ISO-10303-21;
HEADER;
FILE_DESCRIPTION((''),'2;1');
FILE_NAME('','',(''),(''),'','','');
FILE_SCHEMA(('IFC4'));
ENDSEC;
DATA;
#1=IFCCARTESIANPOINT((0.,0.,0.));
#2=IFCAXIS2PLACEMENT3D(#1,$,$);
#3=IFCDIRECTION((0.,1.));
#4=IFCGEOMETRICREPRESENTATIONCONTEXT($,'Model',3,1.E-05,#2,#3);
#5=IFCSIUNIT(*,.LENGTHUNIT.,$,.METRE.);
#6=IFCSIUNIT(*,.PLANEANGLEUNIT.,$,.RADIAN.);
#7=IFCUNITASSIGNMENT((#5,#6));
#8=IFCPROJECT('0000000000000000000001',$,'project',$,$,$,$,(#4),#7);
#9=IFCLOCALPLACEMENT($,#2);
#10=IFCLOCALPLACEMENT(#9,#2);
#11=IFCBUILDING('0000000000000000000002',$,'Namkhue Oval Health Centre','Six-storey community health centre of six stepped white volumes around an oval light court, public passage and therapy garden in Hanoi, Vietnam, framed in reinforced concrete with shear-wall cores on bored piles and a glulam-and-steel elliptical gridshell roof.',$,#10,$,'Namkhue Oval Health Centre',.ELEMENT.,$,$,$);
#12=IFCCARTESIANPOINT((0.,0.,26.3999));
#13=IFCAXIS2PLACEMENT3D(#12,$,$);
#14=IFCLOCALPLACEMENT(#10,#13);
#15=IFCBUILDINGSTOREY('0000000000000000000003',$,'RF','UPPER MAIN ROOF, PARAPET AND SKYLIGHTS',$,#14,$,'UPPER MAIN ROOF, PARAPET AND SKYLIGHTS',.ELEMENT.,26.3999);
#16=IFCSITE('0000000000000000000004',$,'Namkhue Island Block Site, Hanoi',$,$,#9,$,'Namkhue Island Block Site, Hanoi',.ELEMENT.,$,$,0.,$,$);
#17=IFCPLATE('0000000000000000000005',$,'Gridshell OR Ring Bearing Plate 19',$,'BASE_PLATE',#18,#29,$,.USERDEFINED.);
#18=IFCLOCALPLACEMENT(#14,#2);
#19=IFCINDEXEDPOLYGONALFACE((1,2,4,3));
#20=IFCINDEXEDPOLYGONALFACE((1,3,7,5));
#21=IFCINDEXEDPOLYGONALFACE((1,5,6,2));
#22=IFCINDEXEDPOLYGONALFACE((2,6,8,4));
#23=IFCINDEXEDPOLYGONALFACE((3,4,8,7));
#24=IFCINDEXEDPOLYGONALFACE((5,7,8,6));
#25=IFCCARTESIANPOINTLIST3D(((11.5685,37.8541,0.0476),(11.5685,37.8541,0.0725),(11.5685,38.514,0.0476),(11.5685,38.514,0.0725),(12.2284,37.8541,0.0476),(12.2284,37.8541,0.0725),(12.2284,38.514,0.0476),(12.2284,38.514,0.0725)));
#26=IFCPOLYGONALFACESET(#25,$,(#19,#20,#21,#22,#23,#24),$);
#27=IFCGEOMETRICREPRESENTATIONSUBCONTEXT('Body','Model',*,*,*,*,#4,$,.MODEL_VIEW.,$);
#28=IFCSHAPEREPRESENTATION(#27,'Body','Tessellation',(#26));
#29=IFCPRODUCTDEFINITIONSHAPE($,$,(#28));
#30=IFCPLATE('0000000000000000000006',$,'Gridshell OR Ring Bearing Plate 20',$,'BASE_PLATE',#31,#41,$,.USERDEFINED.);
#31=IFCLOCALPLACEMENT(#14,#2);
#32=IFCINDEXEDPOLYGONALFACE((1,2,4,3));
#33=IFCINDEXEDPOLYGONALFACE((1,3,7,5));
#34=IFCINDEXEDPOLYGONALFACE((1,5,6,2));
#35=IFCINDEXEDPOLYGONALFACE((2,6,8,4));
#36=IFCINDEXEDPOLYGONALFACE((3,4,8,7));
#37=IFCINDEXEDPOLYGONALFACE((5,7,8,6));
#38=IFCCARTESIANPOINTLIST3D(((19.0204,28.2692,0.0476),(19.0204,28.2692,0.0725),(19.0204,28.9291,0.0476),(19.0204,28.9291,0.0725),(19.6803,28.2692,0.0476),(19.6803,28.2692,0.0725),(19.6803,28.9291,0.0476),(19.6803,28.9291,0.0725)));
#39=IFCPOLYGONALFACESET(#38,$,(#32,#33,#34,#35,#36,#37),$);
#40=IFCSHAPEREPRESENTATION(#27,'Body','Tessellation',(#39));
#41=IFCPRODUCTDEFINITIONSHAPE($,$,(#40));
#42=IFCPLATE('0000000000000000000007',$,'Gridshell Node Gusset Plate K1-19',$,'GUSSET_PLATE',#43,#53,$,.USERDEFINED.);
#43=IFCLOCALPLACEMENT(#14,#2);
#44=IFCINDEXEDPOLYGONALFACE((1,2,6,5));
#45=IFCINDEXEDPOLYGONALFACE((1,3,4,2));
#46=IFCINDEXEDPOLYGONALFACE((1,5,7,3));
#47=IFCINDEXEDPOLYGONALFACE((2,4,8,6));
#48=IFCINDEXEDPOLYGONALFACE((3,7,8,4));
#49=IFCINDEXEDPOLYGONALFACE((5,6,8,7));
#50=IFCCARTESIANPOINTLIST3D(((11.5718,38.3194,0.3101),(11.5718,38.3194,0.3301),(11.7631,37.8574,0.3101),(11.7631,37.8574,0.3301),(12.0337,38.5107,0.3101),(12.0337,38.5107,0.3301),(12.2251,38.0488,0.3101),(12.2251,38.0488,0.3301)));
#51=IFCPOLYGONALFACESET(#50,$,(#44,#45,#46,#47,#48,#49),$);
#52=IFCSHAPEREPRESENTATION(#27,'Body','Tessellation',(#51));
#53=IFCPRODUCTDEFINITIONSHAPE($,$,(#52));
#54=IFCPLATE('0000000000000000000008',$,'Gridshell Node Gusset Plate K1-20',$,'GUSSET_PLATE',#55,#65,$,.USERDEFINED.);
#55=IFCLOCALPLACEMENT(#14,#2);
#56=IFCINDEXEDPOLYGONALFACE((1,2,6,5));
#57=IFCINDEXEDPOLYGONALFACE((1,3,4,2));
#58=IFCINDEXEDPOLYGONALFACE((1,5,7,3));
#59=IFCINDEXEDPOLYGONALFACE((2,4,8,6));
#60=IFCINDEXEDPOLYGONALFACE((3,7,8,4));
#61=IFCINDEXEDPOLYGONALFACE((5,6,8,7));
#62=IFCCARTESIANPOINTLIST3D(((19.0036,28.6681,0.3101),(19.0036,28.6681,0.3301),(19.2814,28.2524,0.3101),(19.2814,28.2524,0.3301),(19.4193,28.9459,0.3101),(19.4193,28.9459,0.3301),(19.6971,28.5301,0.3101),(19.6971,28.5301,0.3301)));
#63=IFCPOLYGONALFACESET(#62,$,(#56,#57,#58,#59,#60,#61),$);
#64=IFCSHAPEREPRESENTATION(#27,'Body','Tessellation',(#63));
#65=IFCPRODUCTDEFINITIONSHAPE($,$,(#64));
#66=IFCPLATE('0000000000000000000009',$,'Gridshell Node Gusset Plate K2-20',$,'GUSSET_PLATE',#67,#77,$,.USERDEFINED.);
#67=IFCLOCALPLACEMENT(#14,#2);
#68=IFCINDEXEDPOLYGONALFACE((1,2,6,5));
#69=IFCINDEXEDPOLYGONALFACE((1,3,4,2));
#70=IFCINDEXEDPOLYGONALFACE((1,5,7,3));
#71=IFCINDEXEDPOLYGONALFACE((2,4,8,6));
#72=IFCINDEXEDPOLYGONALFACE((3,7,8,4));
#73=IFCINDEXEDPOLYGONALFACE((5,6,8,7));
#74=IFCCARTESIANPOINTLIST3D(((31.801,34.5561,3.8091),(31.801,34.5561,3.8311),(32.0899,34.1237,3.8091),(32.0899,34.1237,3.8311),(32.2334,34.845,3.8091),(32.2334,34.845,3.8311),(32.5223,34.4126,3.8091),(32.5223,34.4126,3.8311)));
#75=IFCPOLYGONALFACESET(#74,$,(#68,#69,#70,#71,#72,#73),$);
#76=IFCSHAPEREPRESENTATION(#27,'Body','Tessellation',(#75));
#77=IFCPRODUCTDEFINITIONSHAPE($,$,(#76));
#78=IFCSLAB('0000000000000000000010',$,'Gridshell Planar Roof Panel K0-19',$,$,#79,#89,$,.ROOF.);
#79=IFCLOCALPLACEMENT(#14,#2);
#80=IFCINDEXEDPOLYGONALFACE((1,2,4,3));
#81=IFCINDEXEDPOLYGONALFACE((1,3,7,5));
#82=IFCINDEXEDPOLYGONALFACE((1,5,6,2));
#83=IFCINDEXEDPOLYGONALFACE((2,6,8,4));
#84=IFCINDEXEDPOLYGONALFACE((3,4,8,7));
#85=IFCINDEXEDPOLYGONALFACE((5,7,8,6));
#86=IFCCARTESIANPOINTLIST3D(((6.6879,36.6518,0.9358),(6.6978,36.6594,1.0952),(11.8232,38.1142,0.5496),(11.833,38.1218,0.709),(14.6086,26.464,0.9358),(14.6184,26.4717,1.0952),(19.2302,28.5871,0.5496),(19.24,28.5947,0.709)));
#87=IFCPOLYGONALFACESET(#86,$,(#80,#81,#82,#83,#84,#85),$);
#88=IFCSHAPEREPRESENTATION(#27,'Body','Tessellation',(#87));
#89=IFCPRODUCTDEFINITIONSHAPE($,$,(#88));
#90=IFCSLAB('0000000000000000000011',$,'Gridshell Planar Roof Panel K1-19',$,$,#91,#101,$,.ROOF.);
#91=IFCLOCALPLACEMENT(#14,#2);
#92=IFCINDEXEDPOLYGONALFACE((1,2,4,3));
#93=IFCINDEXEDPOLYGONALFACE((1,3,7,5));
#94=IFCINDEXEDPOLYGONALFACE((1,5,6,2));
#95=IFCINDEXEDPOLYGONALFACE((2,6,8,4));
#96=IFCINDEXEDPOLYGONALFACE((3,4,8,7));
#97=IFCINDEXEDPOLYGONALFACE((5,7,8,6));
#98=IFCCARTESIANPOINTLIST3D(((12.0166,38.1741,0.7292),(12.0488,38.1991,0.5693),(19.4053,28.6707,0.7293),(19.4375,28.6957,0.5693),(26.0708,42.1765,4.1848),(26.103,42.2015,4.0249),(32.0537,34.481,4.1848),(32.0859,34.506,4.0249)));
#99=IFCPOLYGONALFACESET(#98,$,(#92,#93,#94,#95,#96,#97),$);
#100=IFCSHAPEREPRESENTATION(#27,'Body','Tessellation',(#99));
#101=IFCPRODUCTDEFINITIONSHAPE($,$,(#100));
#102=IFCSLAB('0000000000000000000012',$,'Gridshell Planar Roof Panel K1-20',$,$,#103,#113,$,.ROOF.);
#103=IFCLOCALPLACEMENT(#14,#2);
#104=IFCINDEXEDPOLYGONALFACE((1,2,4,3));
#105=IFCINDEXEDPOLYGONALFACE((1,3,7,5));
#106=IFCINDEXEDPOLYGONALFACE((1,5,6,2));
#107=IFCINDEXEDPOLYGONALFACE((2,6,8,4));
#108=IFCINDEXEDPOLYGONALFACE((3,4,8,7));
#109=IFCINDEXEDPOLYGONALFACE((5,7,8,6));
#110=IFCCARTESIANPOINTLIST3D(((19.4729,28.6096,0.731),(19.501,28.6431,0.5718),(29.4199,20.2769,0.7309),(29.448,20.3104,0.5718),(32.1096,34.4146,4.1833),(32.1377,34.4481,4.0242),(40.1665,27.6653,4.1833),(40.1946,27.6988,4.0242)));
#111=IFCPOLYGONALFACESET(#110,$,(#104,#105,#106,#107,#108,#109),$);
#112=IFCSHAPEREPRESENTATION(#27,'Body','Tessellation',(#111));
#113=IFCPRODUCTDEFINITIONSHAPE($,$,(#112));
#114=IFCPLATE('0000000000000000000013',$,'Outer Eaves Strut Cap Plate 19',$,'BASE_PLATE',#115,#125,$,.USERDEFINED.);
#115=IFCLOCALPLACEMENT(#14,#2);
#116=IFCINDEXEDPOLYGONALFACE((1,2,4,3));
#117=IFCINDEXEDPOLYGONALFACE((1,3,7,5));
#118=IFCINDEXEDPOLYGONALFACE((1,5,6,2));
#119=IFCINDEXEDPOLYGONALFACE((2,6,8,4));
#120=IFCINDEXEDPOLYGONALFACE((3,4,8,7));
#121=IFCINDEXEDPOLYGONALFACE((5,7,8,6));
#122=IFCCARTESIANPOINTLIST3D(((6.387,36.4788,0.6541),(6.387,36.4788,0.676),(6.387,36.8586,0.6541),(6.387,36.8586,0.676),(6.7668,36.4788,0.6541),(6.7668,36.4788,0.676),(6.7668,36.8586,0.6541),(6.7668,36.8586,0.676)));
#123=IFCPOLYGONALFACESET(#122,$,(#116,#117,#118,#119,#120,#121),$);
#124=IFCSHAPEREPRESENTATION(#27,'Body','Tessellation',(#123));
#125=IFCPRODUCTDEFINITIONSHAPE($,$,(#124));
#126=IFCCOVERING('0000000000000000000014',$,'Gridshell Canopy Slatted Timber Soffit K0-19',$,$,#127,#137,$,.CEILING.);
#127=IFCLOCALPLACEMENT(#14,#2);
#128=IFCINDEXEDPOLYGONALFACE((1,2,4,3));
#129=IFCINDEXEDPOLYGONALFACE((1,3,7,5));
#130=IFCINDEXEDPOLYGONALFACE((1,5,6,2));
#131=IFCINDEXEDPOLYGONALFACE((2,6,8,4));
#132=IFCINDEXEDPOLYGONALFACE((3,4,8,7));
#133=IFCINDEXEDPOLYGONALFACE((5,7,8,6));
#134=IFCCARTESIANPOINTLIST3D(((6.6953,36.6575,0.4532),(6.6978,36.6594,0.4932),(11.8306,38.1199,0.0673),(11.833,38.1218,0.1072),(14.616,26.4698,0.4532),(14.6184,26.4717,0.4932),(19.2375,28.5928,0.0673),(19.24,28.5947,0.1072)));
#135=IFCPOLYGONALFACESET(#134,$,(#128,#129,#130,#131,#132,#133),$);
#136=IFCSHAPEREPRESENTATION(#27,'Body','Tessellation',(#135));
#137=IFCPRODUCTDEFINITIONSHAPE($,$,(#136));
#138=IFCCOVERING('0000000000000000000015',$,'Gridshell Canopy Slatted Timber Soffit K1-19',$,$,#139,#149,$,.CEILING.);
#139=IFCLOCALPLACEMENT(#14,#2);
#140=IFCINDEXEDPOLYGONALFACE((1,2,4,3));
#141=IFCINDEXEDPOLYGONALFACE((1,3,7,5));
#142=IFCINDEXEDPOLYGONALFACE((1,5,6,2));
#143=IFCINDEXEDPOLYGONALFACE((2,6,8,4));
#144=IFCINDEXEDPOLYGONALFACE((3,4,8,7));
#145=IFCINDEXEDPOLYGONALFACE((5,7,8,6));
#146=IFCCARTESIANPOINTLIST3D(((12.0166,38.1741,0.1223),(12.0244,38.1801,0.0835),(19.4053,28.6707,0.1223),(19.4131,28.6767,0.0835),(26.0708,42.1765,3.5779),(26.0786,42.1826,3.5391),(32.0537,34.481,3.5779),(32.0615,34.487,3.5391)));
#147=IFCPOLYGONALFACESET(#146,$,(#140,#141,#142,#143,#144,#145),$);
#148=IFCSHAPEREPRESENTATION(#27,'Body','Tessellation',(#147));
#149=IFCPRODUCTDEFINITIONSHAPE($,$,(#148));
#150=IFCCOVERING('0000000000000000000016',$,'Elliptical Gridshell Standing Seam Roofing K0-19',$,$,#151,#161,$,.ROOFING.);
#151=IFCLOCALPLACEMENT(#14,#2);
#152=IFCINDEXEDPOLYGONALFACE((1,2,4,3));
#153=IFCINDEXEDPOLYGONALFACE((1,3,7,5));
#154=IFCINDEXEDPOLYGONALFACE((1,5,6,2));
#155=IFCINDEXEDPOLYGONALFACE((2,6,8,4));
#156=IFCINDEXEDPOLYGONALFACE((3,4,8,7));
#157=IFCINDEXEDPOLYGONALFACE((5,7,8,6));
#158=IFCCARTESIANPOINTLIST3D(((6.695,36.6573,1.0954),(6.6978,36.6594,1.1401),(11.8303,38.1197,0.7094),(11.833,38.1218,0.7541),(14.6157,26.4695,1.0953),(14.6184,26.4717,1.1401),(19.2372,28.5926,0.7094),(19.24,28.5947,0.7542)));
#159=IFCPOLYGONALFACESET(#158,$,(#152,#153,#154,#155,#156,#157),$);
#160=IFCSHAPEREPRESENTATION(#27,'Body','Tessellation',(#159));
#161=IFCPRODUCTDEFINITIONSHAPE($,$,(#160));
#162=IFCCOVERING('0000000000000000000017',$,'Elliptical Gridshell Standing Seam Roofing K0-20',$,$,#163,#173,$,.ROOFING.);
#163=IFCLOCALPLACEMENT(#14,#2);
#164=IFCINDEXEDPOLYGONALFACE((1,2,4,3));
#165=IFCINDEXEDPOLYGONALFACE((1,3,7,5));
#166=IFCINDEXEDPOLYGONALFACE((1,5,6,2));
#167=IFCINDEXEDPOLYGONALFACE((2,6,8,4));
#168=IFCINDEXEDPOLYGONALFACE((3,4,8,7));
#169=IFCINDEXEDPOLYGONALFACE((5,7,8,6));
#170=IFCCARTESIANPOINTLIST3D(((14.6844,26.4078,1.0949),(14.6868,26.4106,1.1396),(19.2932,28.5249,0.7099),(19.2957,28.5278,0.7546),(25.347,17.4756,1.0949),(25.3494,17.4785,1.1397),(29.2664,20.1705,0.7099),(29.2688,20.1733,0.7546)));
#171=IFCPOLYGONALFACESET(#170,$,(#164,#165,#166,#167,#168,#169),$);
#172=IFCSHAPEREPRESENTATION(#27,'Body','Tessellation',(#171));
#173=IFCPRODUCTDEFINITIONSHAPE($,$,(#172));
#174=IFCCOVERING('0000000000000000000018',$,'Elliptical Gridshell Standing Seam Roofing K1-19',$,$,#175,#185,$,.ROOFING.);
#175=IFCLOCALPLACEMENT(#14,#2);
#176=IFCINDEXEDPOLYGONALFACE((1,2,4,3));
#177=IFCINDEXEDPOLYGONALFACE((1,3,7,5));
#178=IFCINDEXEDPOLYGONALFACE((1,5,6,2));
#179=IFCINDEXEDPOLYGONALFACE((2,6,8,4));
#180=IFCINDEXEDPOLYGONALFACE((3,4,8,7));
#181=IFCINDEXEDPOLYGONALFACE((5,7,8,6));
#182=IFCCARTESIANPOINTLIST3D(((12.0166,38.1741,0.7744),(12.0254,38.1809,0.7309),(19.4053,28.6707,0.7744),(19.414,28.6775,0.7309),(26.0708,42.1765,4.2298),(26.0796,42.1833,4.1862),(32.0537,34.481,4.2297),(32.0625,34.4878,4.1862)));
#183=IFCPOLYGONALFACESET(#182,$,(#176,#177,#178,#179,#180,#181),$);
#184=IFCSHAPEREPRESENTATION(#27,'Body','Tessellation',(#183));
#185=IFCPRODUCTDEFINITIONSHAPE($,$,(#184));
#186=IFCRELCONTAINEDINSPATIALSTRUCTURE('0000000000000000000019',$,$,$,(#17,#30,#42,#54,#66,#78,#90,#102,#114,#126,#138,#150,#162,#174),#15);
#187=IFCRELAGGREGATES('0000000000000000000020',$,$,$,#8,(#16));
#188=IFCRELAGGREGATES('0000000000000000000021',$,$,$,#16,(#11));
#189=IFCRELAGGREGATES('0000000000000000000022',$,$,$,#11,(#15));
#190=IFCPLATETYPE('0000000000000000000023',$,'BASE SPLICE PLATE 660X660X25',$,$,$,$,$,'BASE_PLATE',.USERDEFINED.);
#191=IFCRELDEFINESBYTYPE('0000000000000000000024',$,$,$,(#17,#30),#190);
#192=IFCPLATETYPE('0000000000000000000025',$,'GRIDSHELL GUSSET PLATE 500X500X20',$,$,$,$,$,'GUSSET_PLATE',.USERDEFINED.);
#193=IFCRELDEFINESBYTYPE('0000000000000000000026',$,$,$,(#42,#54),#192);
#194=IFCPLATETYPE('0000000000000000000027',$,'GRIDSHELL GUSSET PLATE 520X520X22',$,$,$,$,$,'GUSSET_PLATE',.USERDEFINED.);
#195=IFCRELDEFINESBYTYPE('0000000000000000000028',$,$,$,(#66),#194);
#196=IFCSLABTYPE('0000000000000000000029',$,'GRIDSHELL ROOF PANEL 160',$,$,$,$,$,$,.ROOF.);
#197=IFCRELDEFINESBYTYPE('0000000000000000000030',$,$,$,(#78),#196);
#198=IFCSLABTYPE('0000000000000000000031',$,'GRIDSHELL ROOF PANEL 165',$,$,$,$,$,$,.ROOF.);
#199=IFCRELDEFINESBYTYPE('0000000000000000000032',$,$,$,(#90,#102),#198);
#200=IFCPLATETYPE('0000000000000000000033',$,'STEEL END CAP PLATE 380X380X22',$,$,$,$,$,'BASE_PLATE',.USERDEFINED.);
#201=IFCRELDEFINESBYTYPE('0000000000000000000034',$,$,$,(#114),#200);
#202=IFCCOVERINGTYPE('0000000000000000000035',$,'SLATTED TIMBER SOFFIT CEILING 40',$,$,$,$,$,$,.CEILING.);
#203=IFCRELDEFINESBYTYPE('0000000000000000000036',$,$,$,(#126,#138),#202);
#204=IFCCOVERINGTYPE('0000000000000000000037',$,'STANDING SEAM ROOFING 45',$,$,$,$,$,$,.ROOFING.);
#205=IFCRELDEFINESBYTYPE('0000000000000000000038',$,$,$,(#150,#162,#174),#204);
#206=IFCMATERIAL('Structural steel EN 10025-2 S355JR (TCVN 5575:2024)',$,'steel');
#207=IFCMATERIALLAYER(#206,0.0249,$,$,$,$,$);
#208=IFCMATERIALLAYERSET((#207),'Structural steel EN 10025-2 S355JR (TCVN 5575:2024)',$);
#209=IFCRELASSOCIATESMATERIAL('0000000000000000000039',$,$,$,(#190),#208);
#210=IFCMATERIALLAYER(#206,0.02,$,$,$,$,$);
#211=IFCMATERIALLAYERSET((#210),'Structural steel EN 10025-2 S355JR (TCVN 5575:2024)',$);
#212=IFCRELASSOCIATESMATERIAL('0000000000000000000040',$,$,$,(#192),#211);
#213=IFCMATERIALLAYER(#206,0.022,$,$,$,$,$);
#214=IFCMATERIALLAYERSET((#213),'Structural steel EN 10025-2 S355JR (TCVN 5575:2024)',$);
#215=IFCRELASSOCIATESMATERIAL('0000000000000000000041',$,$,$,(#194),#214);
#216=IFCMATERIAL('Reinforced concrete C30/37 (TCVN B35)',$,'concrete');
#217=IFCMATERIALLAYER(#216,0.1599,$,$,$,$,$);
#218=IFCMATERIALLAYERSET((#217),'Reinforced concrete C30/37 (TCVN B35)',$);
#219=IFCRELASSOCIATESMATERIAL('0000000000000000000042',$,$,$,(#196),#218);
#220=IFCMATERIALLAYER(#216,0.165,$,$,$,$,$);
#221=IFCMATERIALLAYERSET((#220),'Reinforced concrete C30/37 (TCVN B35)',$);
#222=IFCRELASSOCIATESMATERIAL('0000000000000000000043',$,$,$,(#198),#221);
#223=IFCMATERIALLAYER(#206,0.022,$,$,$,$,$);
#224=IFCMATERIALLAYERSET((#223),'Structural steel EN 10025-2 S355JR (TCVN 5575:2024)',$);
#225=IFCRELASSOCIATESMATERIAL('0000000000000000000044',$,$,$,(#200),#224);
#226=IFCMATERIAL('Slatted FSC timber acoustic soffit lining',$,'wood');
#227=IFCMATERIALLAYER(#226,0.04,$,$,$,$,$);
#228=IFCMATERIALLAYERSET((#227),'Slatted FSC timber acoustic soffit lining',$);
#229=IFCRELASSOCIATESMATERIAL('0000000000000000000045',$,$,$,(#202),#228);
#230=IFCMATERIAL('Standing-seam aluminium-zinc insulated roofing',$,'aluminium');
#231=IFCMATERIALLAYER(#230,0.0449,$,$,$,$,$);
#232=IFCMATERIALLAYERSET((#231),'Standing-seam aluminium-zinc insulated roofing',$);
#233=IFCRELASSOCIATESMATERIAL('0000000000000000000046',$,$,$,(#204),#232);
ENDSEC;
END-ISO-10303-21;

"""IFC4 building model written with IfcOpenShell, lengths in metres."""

from ifc_helpers import new_model, si_unit, direction, frame, origin, origin_2d, place, context, subcontext, project, spatial, polyline, rectangle, outline, extrude, material, layer, layer_set, type_object, element, save


model = new_model("IFC4")

# Units and contexts
model_context = context("Model", 3, precision=1e-05, world=origin(), true_north=direction((0.0, 1.0)))
body_context = subcontext(model_context, "Body", "Model", "MODEL_VIEW")
ifc_project = project(units=[si_unit("LENGTHUNIT", "METRE"), si_unit("PLANEANGLEUNIT", "RADIAN")], contexts=[model_context])

# Site, building, storey
site_placement = place(None, origin())
site = spatial("IfcSite", under=ifc_project, at=site_placement, Name="Namkhue Island Block Site, Hanoi", LongName="Namkhue Island Block Site, Hanoi", CompositionType="ELEMENT", RefElevation=0.0)
building_placement = place(site_placement, origin())
building = spatial("IfcBuilding", under=site, at=building_placement, Name="Namkhue Oval Health Centre", Description="Six-storey community health centre of six stepped white volumes around an oval light court, public passage and therapy garden in Hanoi, Vietnam, framed in reinforced concrete with shear-wall cores on bored piles and a glulam-and-steel elliptical gridshell roof.", LongName="Namkhue Oval Health Centre", CompositionType="ELEMENT")
storey_placement = place(building_placement, frame((0.0, 0.0, 26.3999)))
storey = spatial("IfcBuildingStorey", under=building, at=storey_placement, Name="RF", Description="UPPER MAIN ROOF, PARAPET AND SKYLIGHTS", LongName="UPPER MAIN ROOF, PARAPET AND SKYLIGHTS", CompositionType="ELEMENT", Elevation=26.3999)

# Shared definitions
ifc_material_1 = material(Name="Structural steel EN 10025-2 S355JR (TCVN 5575:2024)", Category="steel")

# Plates
ifc_layer_1 = layer(ifc_material_1, 0.0249)
ifc_layer_set_1 = layer_set([ifc_layer_1], Name="Structural steel EN 10025-2 S355JR (TCVN 5575:2024)")
plate_type_1 = type_object("IfcPlateType", Name="BASE SPLICE PLATE 660X660X25", ElementType="BASE_PLATE", PredefinedType="USERDEFINED", material=ifc_layer_set_1)
for number, where, z_axis, x_axis, name in (
    (1, (11.8984, 38.1841, 0.0476), (0.0, 0.0, 1.0), (1.0, 0.0, 0.0), "Gridshell OR Ring Bearing Plate 19"),
    (2, (19.3503, 28.5991, 0.0476), (0.0, 0.0, 1.0), (1.0, 0.0, 0.0), "Gridshell OR Ring Bearing Plate 20"),
):
    element("IfcPlate", number, at=place(storey_placement, frame(where, z_axis=z_axis, x_axis=x_axis)), inside=storey, type_object=plate_type_1, Name=name, ObjectType="BASE_PLATE", PredefinedType="USERDEFINED", context=body_context, shape_type="SweptSolid", body=[
        extrude(rectangle(XDim=0.6599, YDim=0.6599, at=origin_2d()), origin(), (0.0, 0.0, 1.0), 0.0249),
    ])
ifc_layer_2 = layer(ifc_material_1, 0.02)
ifc_layer_set_2 = layer_set([ifc_layer_2], Name="Structural steel EN 10025-2 S355JR (TCVN 5575:2024)")
plate_type_2 = type_object("IfcPlateType", Name="GRIDSHELL GUSSET PLATE 500X500X20", ElementType="GUSSET_PLATE", PredefinedType="USERDEFINED", material=ifc_layer_set_2)
for number, where, z_axis, x_axis, name in (
    (3, (11.8984, 38.1841, 0.3101), (0.0, 0.0, 1.0), (-0.92388, -0.382683, 0.0), "Gridshell Node Gusset Plate K1-19"),
    (4, (19.3503, 28.5991, 0.3101), (0.0, 0.0, 1.0), (-0.83147, -0.55557, 0.0), "Gridshell Node Gusset Plate K1-20"),
):
    element("IfcPlate", number, at=place(storey_placement, frame(where, z_axis=z_axis, x_axis=x_axis)), inside=storey, type_object=plate_type_2, Name=name, ObjectType="GUSSET_PLATE", PredefinedType="USERDEFINED", context=body_context, shape_type="SweptSolid", body=[
        extrude(rectangle(XDim=0.5, YDim=0.5, at=origin_2d()), origin(), (0.0, 0.0, 1.0), 0.02),
    ])
ifc_layer_3 = layer(ifc_material_1, 0.022)
ifc_layer_set_3 = layer_set([ifc_layer_3], Name="Structural steel EN 10025-2 S355JR (TCVN 5575:2024)")
plate_type_3 = type_object("IfcPlateType", Name="GRIDSHELL GUSSET PLATE 520X520X22", ElementType="GUSSET_PLATE", PredefinedType="USERDEFINED", material=ifc_layer_set_3)
plate_1_placement = place(storey_placement, frame((32.1616, 34.4844, 3.8091), z_axis=(0.0, 0.0, 1.0), x_axis=(-0.83147, -0.55557, 0.0)))
element("IfcPlate", 5, at=plate_1_placement, inside=storey, type_object=plate_type_3, Name="Gridshell Node Gusset Plate K2-20", ObjectType="GUSSET_PLATE", PredefinedType="USERDEFINED", context=body_context, shape_type="SweptSolid", body=[
    extrude(rectangle(XDim=0.52, YDim=0.52, at=origin_2d()), origin(), (0.0, 0.0, 1.0), 0.022),
])

# Slabs
ifc_material_2 = material(Name="Reinforced concrete C30/37 (TCVN B35)", Category="concrete")
ifc_layer_4 = layer(ifc_material_2, 0.1599)
ifc_layer_set_4 = layer_set([ifc_layer_4], Name="Reinforced concrete C30/37 (TCVN B35)")
slab_type_1 = type_object("IfcSlabType", Name="GRIDSHELL ROOF PANEL 160", PredefinedType="ROOF", material=ifc_layer_set_4)
slab_1_placement = place(storey_placement, frame((6.6978, 36.6594, 1.0952), z_axis=(0.061392, 0.04773, 0.996972), x_axis=(0.613789, -0.78947, 0.0)))
element("IfcSlab", 6, at=slab_1_placement, inside=storey, type_object=slab_type_1, Name="Gridshell Planar Roof Panel K0-19", PredefinedType="ROOF", context=body_context, shape_type="SweptSolid", body=[
    extrude(outline(polyline([(0.0, 0.0), (12.9045, 0.0), (14.0651, 4.9667), (1.9974, 4.9668), (0.0, 0.0)])), origin(), (0.0, 0.0, -1.0), 0.1599),
])
ifc_layer_5 = layer(ifc_material_2, 0.165)
ifc_layer_set_5 = layer_set([ifc_layer_5], Name="Reinforced concrete C30/37 (TCVN B35)")
slab_type_2 = type_object("IfcSlabType", Name="GRIDSHELL ROOF PANEL 165", PredefinedType="ROOF", material=ifc_layer_set_5)
slab_2_placement = place(storey_placement, frame((12.0166, 38.1741, 0.7292), z_axis=(-0.195063, -0.151655, 0.968995), x_axis=(0.613791, -0.789468, 0.000002)))
element("IfcSlab", 7, at=slab_2_placement, inside=storey, type_object=slab_type_2, Name="Gridshell Planar Roof Panel K1-19", PredefinedType="ROOF", context=body_context, shape_type="SweptSolid", body=[
    extrude(outline(polyline([(0.0, 0.0), (12.0378, 0.0), (15.2142, 13.9855), (5.4666, 13.9856), (0.0, 0.0)])), origin(), (0.0, 0.0, -1.0), 0.165),
])
slab_3_placement = place(storey_placement, frame((19.4729, 28.6096, 0.731), z_axis=(-0.17014, -0.203102, 0.964262), x_axis=(0.766567, -0.642164, -0.000001)))
element("IfcSlab", 8, at=slab_3_placement, inside=storey, type_object=slab_type_2, Name="Gridshell Planar Roof Panel K1-20", PredefinedType="ROOF", context=body_context, shape_type="SweptSolid", body=[
    extrude(outline(polyline([(0.0, 0.0), (12.9761, 0.0), (16.4695, 13.0305), (5.9592, 13.0304), (0.0, 0.0)])), origin(), (0.0, 0.0, -1.0), 0.165),
])

# Plate
ifc_layer_6 = layer(ifc_material_1, 0.022)
ifc_layer_set_6 = layer_set([ifc_layer_6], Name="Structural steel EN 10025-2 S355JR (TCVN 5575:2024)")
plate_type_4 = type_object("IfcPlateType", Name="STEEL END CAP PLATE 380X380X22", ElementType="BASE_PLATE", PredefinedType="USERDEFINED", material=ifc_layer_set_6)
plate_2_placement = place(storey_placement, frame((6.5769, 36.6687, 0.6541), z_axis=(0.0, 0.0, 1.0), x_axis=(1.0, 0.0, 0.0)))
element("IfcPlate", 9, at=plate_2_placement, inside=storey, type_object=plate_type_4, Name="Outer Eaves Strut Cap Plate 19", ObjectType="BASE_PLATE", PredefinedType="USERDEFINED", context=body_context, shape_type="SweptSolid", body=[
    extrude(rectangle(XDim=0.3799, YDim=0.3799, at=origin_2d()), origin(), (0.0, 0.0, 1.0), 0.022),
])

# Coverings
ifc_material_3 = material(Name="Slatted FSC timber acoustic soffit lining", Category="wood")
ifc_layer_7 = layer(ifc_material_3, 0.04)
ifc_layer_set_7 = layer_set([ifc_layer_7], Name="Slatted FSC timber acoustic soffit lining")
covering_type_1 = type_object("IfcCoveringType", Name="SLATTED TIMBER SOFFIT CEILING 40", PredefinedType="CEILING", material=ifc_layer_set_7)
covering_1_placement = place(storey_placement, frame((6.6978, 36.6594, 0.4932), z_axis=(0.061353, 0.0477, 0.996976), x_axis=(0.613789, -0.78947, 0.0)))
element("IfcCovering", 10, at=covering_1_placement, inside=storey, type_object=covering_type_1, Name="Gridshell Canopy Slatted Timber Soffit K0-19", PredefinedType="CEILING", context=body_context, shape_type="SweptSolid", body=[
    extrude(outline(polyline([(0.0, 0.0), (12.9045, 0.0), (14.0651, 4.9667), (1.9974, 4.9668), (0.0, 0.0)])), origin(), (0.0, 0.0, -1.0), 0.04),
])
covering_2_placement = place(storey_placement, frame((12.0166, 38.1741, 0.1223), z_axis=(-0.195063, -0.151655, 0.968995), x_axis=(0.613791, -0.789468, 0.000002)))
element("IfcCovering", 11, at=covering_2_placement, inside=storey, type_object=covering_type_1, Name="Gridshell Canopy Slatted Timber Soffit K1-19", PredefinedType="CEILING", context=body_context, shape_type="SweptSolid", body=[
    extrude(outline(polyline([(0.0, 0.0), (12.0378, 0.0), (15.2142, 13.9855), (5.4666, 13.9856), (0.0, 0.0)])), origin(), (0.0, 0.0, -1.0), 0.04),
])
ifc_material_4 = material(Name="Standing-seam aluminium-zinc insulated roofing", Category="aluminium")
ifc_layer_8 = layer(ifc_material_4, 0.0449)
ifc_layer_set_8 = layer_set([ifc_layer_8], Name="Standing-seam aluminium-zinc insulated roofing")
covering_type_2 = type_object("IfcCoveringType", Name="STANDING SEAM ROOFING 45", PredefinedType="ROOFING", material=ifc_layer_set_8)
covering_3_placement = place(storey_placement, frame((6.6978, 36.6594, 1.1401), z_axis=(0.061353, 0.0477, 0.996976), x_axis=(0.613789, -0.78947, 0.0)))
element("IfcCovering", 12, at=covering_3_placement, inside=storey, type_object=covering_type_2, Name="Elliptical Gridshell Standing Seam Roofing K0-19", PredefinedType="ROOFING", context=body_context, shape_type="SweptSolid", body=[
    extrude(outline(polyline([(0.0, 0.0), (12.9045, 0.0), (14.0651, 4.9667), (1.9974, 4.9668), (0.0, 0.0)])), origin(), (0.0, 0.0, -1.0), 0.0449),
])
covering_4_placement = place(storey_placement, frame((14.6868, 26.4106, 1.1396), z_axis=(0.053761, 0.064177, 0.996489), x_axis=(0.76657, -0.642161, 0.0)))
element("IfcCovering", 13, at=covering_4_placement, inside=storey, type_object=covering_type_2, Name="Elliptical Gridshell Standing Seam Roofing K0-20", PredefinedType="ROOFING", context=body_context, shape_type="SweptSolid", body=[
    extrude(outline(polyline([(0.0, 0.0), (13.9095, 0.0), (15.1835, 4.5988), (2.1735, 4.5988), (0.0, 0.0)])), origin(), (0.0, 0.0, -1.0), 0.0449),
])
covering_5_placement = place(storey_placement, frame((12.0166, 38.1741, 0.7744), z_axis=(-0.19505, -0.151645, 0.968999), x_axis=(0.613791, -0.789468, 0.000002)))
element("IfcCovering", 14, at=covering_5_placement, inside=storey, type_object=covering_type_2, Name="Elliptical Gridshell Standing Seam Roofing K1-19", PredefinedType="ROOFING", context=body_context, shape_type="SweptSolid", body=[
    extrude(outline(polyline([(0.0, 0.0), (12.0378, 0.0), (15.2142, 13.9854), (5.4666, 13.9856), (0.0, 0.0)])), origin(), (0.0, 0.0, -1.0), 0.0449),
])

save(model, "model.ifc")
